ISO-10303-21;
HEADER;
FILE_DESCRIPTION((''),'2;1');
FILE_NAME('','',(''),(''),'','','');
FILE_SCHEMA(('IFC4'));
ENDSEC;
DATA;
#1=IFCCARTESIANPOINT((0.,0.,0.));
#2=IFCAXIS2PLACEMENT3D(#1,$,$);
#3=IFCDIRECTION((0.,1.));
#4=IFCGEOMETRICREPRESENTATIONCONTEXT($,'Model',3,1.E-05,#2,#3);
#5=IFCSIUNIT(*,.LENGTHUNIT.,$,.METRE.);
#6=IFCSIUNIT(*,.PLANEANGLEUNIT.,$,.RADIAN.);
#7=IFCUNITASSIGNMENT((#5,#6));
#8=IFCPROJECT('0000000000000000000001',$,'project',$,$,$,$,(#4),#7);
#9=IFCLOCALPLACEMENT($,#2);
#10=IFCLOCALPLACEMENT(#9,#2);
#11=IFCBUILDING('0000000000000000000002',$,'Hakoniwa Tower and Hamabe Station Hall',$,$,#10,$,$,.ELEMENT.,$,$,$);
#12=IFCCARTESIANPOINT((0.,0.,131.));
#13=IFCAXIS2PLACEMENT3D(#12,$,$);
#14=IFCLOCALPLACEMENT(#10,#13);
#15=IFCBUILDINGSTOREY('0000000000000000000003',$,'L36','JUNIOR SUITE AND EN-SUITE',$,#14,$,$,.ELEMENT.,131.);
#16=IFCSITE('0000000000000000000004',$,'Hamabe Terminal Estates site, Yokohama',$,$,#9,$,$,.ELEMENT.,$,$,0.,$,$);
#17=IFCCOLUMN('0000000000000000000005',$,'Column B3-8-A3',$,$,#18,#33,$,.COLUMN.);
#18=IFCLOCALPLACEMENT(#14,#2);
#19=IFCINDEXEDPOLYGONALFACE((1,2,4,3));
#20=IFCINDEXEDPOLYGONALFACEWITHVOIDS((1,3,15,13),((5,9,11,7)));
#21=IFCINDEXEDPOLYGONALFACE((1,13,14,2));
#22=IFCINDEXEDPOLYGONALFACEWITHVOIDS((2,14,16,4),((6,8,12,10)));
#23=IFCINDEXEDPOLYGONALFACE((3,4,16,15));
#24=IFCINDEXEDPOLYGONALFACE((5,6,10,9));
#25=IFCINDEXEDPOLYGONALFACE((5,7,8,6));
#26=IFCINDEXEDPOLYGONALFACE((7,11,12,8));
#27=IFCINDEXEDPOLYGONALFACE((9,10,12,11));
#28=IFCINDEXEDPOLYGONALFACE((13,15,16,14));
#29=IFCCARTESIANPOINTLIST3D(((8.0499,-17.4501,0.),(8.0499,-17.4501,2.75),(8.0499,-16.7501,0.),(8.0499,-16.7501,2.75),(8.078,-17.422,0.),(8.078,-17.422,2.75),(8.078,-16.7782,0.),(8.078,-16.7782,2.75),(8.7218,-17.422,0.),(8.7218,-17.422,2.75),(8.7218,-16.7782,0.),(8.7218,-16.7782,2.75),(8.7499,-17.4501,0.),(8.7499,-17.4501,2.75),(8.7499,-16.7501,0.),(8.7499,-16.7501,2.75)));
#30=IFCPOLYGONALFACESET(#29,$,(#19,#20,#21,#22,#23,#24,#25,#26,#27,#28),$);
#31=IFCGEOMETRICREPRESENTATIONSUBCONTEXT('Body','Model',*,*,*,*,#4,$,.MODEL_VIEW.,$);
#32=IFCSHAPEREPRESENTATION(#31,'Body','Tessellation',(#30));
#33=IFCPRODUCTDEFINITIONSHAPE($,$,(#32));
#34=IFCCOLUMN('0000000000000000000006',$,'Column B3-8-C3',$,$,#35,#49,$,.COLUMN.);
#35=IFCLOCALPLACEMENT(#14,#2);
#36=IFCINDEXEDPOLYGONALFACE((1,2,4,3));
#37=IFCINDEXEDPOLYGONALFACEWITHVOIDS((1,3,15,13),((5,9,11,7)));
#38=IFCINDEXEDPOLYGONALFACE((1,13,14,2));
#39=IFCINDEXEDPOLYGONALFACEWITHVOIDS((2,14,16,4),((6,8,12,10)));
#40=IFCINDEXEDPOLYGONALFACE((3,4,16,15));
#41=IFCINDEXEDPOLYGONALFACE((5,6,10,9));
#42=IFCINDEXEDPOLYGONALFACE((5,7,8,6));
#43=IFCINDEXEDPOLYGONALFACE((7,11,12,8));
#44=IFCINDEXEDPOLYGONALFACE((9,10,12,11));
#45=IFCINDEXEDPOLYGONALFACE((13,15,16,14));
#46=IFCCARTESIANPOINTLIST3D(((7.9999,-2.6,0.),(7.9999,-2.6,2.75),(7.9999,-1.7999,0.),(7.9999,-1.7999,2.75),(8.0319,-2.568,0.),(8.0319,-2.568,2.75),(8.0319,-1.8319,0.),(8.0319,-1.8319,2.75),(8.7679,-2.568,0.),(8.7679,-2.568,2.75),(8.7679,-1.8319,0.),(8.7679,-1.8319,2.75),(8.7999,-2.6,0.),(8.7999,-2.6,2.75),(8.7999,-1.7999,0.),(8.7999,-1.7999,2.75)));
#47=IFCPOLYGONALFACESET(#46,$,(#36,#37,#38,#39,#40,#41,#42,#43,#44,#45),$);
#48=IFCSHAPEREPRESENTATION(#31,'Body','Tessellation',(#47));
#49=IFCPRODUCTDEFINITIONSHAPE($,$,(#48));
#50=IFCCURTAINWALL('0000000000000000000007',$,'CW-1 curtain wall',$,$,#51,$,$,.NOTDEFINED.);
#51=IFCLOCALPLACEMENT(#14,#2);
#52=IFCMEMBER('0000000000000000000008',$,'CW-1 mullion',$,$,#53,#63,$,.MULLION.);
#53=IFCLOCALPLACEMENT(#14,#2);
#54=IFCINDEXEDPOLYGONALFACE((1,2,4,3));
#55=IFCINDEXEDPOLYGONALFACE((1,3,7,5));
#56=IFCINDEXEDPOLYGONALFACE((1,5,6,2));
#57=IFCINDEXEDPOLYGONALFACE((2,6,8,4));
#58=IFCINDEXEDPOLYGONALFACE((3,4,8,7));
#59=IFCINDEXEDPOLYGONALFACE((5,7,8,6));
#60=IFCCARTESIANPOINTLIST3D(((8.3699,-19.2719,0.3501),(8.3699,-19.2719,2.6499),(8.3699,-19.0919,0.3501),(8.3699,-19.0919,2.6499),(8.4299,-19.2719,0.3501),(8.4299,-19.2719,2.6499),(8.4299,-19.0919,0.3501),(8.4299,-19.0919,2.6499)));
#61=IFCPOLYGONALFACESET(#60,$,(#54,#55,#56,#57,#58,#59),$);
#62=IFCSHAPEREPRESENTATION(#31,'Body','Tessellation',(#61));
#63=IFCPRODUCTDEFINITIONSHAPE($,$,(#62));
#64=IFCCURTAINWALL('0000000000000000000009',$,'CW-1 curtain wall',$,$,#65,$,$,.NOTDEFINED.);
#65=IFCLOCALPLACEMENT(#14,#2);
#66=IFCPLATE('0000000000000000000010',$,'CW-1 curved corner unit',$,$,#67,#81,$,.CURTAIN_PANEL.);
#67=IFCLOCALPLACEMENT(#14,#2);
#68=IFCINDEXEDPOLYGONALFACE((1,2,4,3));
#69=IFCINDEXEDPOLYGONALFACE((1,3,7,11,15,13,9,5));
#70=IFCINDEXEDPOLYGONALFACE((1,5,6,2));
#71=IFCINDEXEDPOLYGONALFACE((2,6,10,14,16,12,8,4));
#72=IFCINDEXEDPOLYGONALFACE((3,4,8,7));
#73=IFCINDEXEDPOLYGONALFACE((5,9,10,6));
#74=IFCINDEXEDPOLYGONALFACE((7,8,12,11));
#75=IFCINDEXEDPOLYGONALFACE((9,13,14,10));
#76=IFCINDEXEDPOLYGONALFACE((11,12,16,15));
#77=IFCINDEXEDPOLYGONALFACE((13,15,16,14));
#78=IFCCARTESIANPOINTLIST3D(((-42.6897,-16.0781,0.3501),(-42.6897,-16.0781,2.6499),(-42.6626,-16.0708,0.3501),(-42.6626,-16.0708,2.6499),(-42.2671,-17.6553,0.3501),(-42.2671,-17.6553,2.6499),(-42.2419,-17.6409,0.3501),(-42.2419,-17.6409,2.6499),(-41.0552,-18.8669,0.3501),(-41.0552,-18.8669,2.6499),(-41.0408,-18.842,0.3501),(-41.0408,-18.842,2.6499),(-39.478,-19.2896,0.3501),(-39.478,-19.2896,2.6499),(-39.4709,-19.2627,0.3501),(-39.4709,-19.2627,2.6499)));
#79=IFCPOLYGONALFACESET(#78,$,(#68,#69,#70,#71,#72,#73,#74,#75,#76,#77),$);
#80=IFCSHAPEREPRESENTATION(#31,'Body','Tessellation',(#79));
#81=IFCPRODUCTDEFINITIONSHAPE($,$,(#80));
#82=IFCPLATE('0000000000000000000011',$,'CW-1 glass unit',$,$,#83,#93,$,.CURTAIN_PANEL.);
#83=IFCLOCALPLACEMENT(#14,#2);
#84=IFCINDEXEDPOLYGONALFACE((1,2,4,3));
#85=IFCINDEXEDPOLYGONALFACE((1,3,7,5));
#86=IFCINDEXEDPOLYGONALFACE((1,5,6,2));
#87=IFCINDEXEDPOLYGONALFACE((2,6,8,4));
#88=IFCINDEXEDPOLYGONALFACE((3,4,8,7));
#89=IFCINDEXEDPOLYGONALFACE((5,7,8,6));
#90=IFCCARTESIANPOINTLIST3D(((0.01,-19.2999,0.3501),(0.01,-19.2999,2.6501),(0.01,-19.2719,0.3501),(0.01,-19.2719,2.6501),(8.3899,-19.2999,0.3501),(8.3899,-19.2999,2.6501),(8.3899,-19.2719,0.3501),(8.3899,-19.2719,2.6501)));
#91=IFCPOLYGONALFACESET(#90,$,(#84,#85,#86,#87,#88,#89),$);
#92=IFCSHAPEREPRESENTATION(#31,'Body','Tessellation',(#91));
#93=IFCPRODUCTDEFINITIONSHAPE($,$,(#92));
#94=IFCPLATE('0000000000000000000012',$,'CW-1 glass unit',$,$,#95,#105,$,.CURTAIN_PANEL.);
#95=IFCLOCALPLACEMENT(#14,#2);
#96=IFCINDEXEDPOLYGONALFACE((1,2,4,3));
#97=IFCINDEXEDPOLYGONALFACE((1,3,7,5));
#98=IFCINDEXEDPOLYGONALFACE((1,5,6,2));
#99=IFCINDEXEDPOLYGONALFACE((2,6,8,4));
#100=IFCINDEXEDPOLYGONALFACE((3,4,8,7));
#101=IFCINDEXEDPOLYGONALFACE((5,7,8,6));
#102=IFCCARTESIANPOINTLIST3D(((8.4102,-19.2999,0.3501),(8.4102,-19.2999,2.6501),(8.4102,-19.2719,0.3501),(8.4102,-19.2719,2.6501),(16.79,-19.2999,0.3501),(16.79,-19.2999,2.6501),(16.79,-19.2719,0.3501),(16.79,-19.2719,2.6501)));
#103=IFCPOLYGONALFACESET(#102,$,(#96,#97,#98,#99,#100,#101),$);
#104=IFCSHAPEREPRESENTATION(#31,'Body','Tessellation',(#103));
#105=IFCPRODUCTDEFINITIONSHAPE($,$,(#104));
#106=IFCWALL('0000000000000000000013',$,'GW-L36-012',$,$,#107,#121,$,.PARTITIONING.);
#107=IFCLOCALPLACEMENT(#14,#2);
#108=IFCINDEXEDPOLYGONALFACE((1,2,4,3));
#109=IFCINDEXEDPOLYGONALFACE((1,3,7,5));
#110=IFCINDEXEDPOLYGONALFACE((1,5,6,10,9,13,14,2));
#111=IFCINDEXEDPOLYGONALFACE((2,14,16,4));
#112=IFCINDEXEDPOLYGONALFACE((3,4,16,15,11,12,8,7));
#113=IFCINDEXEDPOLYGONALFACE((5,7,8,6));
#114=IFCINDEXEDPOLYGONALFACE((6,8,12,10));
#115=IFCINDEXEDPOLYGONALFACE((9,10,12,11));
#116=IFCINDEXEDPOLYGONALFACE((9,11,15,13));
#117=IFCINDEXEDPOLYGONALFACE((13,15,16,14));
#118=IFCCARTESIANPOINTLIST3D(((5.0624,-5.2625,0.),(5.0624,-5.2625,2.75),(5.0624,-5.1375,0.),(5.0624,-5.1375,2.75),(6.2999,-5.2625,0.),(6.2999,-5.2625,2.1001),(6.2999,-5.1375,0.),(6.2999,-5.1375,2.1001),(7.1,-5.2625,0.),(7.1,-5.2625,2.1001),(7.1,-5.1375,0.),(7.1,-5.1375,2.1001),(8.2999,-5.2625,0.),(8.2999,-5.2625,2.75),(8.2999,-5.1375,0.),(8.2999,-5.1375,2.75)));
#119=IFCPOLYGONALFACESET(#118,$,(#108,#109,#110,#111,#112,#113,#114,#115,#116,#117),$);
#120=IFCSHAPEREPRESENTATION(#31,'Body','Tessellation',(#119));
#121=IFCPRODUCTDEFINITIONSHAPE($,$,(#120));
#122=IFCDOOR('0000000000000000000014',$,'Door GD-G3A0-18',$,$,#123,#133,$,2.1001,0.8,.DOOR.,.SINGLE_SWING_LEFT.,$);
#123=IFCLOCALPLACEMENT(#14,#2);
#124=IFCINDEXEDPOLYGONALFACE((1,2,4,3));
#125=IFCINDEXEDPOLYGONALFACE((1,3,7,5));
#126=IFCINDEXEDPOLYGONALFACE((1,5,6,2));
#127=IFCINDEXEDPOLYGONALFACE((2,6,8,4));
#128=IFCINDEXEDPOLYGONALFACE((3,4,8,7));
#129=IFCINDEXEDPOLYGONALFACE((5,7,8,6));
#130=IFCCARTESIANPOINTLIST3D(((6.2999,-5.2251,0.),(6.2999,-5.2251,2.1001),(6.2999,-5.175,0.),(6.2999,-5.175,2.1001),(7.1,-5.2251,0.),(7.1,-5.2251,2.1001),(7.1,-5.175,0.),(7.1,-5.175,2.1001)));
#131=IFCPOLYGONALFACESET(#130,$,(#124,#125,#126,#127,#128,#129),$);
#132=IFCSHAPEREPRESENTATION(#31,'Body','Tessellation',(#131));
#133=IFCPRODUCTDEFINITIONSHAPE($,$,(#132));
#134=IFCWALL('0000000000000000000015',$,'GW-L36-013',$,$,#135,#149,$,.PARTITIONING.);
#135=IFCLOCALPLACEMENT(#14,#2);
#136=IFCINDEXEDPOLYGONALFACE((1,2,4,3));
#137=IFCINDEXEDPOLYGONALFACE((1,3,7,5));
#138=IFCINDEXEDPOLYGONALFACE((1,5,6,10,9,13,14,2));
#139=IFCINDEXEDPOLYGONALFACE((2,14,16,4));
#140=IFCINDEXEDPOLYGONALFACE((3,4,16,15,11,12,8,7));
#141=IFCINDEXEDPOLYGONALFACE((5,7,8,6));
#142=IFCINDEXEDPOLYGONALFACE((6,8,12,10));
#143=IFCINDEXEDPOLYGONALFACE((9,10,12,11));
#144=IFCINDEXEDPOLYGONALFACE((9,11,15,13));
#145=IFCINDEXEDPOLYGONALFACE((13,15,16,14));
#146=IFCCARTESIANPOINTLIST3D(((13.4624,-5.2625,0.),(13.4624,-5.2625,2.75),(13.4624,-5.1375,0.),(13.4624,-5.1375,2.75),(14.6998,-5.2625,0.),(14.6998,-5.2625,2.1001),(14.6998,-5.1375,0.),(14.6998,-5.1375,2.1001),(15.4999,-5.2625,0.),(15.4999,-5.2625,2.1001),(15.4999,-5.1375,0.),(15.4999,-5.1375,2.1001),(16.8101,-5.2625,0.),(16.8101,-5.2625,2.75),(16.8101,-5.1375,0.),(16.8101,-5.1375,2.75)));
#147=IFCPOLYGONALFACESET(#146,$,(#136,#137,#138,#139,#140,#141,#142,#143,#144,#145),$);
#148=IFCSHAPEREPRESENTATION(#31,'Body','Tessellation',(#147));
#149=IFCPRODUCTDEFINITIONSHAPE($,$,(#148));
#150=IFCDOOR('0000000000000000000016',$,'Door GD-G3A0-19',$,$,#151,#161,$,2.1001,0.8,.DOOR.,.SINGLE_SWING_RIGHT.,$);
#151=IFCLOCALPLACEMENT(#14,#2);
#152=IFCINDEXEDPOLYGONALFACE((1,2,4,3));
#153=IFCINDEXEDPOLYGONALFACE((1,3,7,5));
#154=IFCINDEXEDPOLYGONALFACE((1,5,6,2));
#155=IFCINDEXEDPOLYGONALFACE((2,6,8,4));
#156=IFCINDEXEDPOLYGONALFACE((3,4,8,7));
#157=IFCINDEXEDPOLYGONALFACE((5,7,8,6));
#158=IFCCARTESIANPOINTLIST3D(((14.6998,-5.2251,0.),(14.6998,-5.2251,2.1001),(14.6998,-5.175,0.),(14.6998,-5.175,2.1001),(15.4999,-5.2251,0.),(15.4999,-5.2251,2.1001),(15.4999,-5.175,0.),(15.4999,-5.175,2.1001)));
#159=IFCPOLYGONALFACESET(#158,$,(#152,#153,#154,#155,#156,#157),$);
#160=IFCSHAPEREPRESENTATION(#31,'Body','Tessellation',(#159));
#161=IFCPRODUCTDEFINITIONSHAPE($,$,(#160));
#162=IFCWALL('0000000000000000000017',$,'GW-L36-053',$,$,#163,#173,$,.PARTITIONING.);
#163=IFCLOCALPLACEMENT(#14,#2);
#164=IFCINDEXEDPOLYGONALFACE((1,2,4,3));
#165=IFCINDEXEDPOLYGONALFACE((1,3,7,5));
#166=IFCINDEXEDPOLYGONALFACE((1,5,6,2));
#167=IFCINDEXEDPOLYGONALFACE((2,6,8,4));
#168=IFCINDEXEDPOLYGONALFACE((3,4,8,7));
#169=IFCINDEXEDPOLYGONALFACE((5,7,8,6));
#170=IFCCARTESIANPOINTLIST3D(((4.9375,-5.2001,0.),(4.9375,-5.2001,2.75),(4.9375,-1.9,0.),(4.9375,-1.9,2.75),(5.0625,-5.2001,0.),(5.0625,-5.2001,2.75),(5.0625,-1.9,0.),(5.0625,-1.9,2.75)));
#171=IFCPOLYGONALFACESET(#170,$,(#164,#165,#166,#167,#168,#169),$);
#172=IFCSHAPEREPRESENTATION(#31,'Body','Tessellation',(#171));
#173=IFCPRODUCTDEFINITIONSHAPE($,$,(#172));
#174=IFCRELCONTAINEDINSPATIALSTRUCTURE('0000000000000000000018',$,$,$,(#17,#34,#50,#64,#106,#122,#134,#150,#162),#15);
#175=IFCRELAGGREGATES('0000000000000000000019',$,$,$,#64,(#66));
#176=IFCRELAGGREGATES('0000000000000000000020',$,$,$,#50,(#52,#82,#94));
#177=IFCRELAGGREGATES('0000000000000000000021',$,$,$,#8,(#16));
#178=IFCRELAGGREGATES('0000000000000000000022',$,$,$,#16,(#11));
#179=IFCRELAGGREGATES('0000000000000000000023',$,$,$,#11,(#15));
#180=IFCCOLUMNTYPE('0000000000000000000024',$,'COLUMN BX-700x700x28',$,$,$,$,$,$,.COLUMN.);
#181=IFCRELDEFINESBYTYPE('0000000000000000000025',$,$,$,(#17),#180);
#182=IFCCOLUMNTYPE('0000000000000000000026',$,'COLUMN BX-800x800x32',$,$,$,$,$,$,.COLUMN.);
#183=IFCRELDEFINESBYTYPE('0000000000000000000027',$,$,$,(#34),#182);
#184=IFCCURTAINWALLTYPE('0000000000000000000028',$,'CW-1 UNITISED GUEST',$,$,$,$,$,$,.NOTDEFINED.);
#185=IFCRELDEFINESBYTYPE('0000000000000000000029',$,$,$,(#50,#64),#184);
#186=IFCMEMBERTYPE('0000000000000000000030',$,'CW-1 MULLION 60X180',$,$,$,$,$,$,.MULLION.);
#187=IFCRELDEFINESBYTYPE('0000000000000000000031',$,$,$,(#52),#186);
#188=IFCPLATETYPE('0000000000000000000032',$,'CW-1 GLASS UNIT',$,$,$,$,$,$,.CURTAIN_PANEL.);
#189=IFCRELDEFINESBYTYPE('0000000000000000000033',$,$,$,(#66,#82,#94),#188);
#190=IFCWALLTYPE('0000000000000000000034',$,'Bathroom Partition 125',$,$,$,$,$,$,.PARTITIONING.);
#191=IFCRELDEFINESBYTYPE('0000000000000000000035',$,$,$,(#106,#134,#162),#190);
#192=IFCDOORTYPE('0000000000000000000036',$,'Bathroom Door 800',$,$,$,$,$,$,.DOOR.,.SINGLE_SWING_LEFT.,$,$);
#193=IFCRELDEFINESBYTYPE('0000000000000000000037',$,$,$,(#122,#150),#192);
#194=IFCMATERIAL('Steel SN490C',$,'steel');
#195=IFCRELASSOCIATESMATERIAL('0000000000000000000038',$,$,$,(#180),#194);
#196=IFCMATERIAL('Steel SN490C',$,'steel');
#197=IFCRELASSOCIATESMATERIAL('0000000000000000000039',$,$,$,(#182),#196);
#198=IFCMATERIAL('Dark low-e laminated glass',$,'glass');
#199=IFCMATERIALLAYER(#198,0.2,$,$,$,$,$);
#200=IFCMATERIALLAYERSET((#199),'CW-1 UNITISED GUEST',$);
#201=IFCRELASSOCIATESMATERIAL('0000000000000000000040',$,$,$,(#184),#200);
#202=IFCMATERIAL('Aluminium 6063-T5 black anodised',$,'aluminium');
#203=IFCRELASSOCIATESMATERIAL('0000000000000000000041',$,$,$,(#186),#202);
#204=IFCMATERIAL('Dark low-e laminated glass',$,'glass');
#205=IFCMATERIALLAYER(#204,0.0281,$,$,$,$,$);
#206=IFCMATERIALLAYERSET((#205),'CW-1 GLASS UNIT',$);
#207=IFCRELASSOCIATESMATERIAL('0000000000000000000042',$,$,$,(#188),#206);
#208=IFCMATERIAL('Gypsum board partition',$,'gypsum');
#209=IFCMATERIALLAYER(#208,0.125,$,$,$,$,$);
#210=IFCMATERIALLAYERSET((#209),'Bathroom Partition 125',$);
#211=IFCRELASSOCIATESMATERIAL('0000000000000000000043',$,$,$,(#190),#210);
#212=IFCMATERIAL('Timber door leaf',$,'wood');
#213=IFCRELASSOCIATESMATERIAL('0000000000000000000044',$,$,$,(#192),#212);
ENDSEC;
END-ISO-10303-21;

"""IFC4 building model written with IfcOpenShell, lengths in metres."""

from ifc_helpers import new_model, si_unit, direction, frame, frame_2d, origin, origin_2d, place, context, subcontext, project, spatial, polyline, rectangle, hollow_rectangle, outline, extrude, material, layer, layer_set, material_profile, profile_set, type_object, element, fill, aggregate, save


model = new_model("IFC4")

# Units and contexts
model_context = context("Model", 3, precision=1e-05, world=origin(), true_north=direction((0.0, 1.0)))
body_context = subcontext(model_context, "Body", "Model", "MODEL_VIEW")
ifc_project = project(units=[si_unit("LENGTHUNIT", "METRE"), si_unit("PLANEANGLEUNIT", "RADIAN")], contexts=[model_context])

# Site, building, storey
site_placement = place(None, origin())
site = spatial("IfcSite", under=ifc_project, at=site_placement, Name="Hamabe Terminal Estates site, Yokohama", CompositionType="ELEMENT", RefElevation=0.0)
building_placement = place(site_placement, origin())
building = spatial("IfcBuilding", under=site, at=building_placement, Name="Hakoniwa Tower and Hamabe Station Hall", CompositionType="ELEMENT")
storey_placement = place(building_placement, frame((0.0, 0.0, 131.0)))
storey = spatial("IfcBuildingStorey", under=building, at=storey_placement, Name="L36", Description="JUNIOR SUITE AND EN-SUITE", CompositionType="ELEMENT", Elevation=131.0)

# Columns
ifc_material_1 = material(Name="Steel SN490C", Category="steel")
ifc_material_profile_1 = material_profile(ifc_material_1, hollow_rectangle(XDim=0.7, YDim=0.7, WallThickness=0.0281, at=origin_2d()), Name="BX-700x700x28")
ifc_profile_set_1 = profile_set([ifc_material_profile_1], Name="Steel SN490C")
column_type_1 = type_object("IfcColumnType", Name="COLUMN BX-700x700x28", PredefinedType="COLUMN", material=ifc_profile_set_1)
column_1_placement = place(storey_placement, frame((8.3999, -17.1001, 0.0), z_axis=(0.0, 0.0, 1.0), x_axis=(1.0, 0.0, 0.0)))
element("IfcColumn", 1, at=column_1_placement, inside=storey, type_object=column_type_1, Name="Column B3-8-A3", PredefinedType="COLUMN", context=body_context, shape_type="SweptSolid", body=[
    extrude(hollow_rectangle(XDim=0.7, YDim=0.7, WallThickness=0.0281, at=origin_2d()), origin(), (0.0, 0.0, 1.0), 2.75),
])
ifc_material_2 = material(Name="Steel SN490C", Category="steel")
ifc_material_profile_2 = material_profile(ifc_material_2, hollow_rectangle(XDim=0.8, YDim=0.8, WallThickness=0.032, at=origin_2d()), Name="BX-800x800x32")
ifc_profile_set_2 = profile_set([ifc_material_profile_2], Name="Steel SN490C")
column_type_2 = type_object("IfcColumnType", Name="COLUMN BX-800x800x32", PredefinedType="COLUMN", material=ifc_profile_set_2)
column_2_placement = place(storey_placement, frame((8.3999, -2.2, 0.0), z_axis=(0.0, 0.0, 1.0), x_axis=(1.0, 0.0, 0.0)))
element("IfcColumn", 2, at=column_2_placement, inside=storey, type_object=column_type_2, Name="Column B3-8-C3", PredefinedType="COLUMN", context=body_context, shape_type="SweptSolid", body=[
    extrude(hollow_rectangle(XDim=0.8, YDim=0.8, WallThickness=0.032, at=origin_2d()), origin(), (0.0, 0.0, 1.0), 2.75),
])

# Curtain wall, member
ifc_material_3 = material(Name="Dark low-e laminated glass", Category="glass")
ifc_layer_1 = layer(ifc_material_3, 0.2)
ifc_layer_set_1 = layer_set([ifc_layer_1], Name="CW-1 UNITISED GUEST")
curtain_wall_type = type_object("IfcCurtainWallType", Name="CW-1 UNITISED GUEST", PredefinedType="NOTDEFINED", material=ifc_layer_set_1)
curtain_wall_1_placement = place(storey_placement, origin())
curtain_wall_1 = element("IfcCurtainWall", 3, at=curtain_wall_1_placement, inside=storey, type_object=curtain_wall_type, Name="CW-1 curtain wall", PredefinedType="NOTDEFINED")
ifc_material_4 = material(Name="Aluminium 6063-T5 black anodised", Category="aluminium")
ifc_material_profile_3 = material_profile(ifc_material_4, rectangle(XDim=0.0601, YDim=0.1799, at=origin_2d()), Name="CW-1 MULLION 60X180")
ifc_profile_set_3 = profile_set([ifc_material_profile_3], Name="Aluminium 6063-T5 black anodised")
member_type = type_object("IfcMemberType", Name="CW-1 MULLION 60X180", PredefinedType="MULLION", material=ifc_profile_set_3)
member_placement = place(storey_placement, frame((8.3999, -19.1819, 0.3501), z_axis=(0.0, 0.0, 1.0), x_axis=(1.0, 0.0, 0.0)))
member = element("IfcMember", 4, at=member_placement, type_object=member_type, Name="CW-1 mullion", PredefinedType="MULLION", context=body_context, shape_type="SweptSolid", body=[
    extrude(rectangle(XDim=0.0601, YDim=0.1799, at=origin_2d()), origin(), (0.0, 0.0, 1.0), 2.2998),
])

# Curtain wall, plate
curtain_wall_2_placement = place(storey_placement, origin())
curtain_wall_2 = element("IfcCurtainWall", 5, at=curtain_wall_2_placement, inside=storey, type_object=curtain_wall_type, Name="CW-1 curtain wall", PredefinedType="NOTDEFINED")
ifc_material_5 = material(Name="Dark low-e laminated glass", Category="glass")
ifc_layer_2 = layer(ifc_material_5, 0.0281)
ifc_layer_set_2 = layer_set([ifc_layer_2], Name="CW-1 GLASS UNIT")
plate_type = type_object("IfcPlateType", Name="CW-1 GLASS UNIT", PredefinedType="CURTAIN_PANEL", material=ifc_layer_set_2)
plate_1_placement = place(storey_placement, frame((0.0, 0.0, 0.3501)))
plate_1 = element("IfcPlate", 6, at=plate_1_placement, type_object=plate_type, Name="CW-1 curved corner unit", PredefinedType="CURTAIN_PANEL", context=body_context, shape_type="SweptSolid", body=[
    extrude(outline(polyline([(-42.6897, -16.0781), (-42.2671, -17.6553), (-41.0552, -18.8669), (-39.478, -19.2896), (-39.4709, -19.2627), (-41.0408, -18.842), (-42.2419, -17.6409), (-42.6626, -16.0708), (-42.6897, -16.0781)])), origin(), (0.0, 0.0, 1.0), 2.2998),
])
aggregate(curtain_wall_2, [plate_1])

# Plates
plate_2_placement = place(storey_placement, frame((4.2, -19.2859, 0.3501), z_axis=(0.0, 0.0, 1.0), x_axis=(1.0, 0.0, 0.0)))
plate_2 = element("IfcPlate", 7, at=plate_2_placement, type_object=plate_type, Name="CW-1 glass unit", PredefinedType="CURTAIN_PANEL", context=body_context, shape_type="SweptSolid", body=[
    extrude(rectangle(XDim=8.3799, YDim=0.0281, at=origin_2d()), origin(), (0.0, 0.0, 1.0), 2.3),
])
plate_3_placement = place(storey_placement, frame((12.6001, -19.2859, 0.3501), z_axis=(0.0, 0.0, 1.0), x_axis=(1.0, 0.0, 0.0)))
plate_3 = element("IfcPlate", 8, at=plate_3_placement, type_object=plate_type, Name="CW-1 glass unit", PredefinedType="CURTAIN_PANEL", context=body_context, shape_type="SweptSolid", body=[
    extrude(rectangle(XDim=8.3799, YDim=0.0281, at=origin_2d()), origin(), (0.0, 0.0, 1.0), 2.3),
])
aggregate(curtain_wall_1, [member, plate_2, plate_3])

# Walls, openings, doors
ifc_material_6 = material(Name="Gypsum board partition", Category="gypsum")
ifc_layer_3 = layer(ifc_material_6, 0.125)
ifc_layer_set_3 = layer_set([ifc_layer_3], Name="Bathroom Partition 125")
wall_type_1 = type_object("IfcWallType", Name="Bathroom Partition 125", PredefinedType="PARTITIONING", material=ifc_layer_set_3)
wall_1_placement = place(storey_placement, frame((5.0625, -5.2, 0.0), z_axis=(0.0, 0.0, 1.0), x_axis=(1.0, 0.0, 0.0)))
wall_1 = element("IfcWall", 9, at=wall_1_placement, inside=storey, type_object=wall_type_1, Name="GW-L36-012", PredefinedType="PARTITIONING", context=body_context, shape_type="SweptSolid", body=[
    extrude(rectangle(XDim=3.2375, YDim=0.125, at=frame_2d((1.6187, 0.0))), origin(), (0.0, 0.0, 1.0), 2.75),
])
opening_1_placement = place(wall_1_placement, frame((1.2375, 0.0, 0.0)))
opening_1 = element("IfcOpeningElement", 10, at=opening_1_placement, cuts=wall_1, PredefinedType="OPENING", context=body_context, shape_type="SweptSolid", body=[
    extrude(rectangle(XDim=0.8, YDim=2.1001, at=frame_2d((0.3999, 1.05))), frame((0.0, 0.0725, 0.0), z_axis=(0.0, -1.0, 0.0), x_axis=(1.0, 0.0, 0.0)), (0.0, 0.0, 1.0), 0.145),
])
ifc_material_7 = material(Name="Timber door leaf", Category="wood")
door_type = type_object("IfcDoorType", Name="Bathroom Door 800", OperationType="SINGLE_SWING_LEFT", PredefinedType="DOOR", material=ifc_material_7)
door_1_placement = place(opening_1_placement, origin())
door_1 = element("IfcDoor", 11, at=door_1_placement, inside=storey, type_object=door_type, Name="Door GD-G3A0-18", OperationType="SINGLE_SWING_LEFT", OverallHeight=2.1001, OverallWidth=0.8, PredefinedType="DOOR", context=body_context, shape_type="SweptSolid", body=[
    extrude(rectangle(XDim=0.8, YDim=2.1001, at=frame_2d((0.3999, 1.05))), frame((0.0, 0.0249, 0.0), z_axis=(0.0, -1.0, 0.0), x_axis=(1.0, 0.0, 0.0)), (0.0, 0.0, 1.0), 0.05),
])
fill(opening_1, door_1)
wall_2_placement = place(storey_placement, frame((13.4624, -5.2, 0.0), z_axis=(0.0, 0.0, 1.0), x_axis=(1.0, 0.0, 0.0)))
wall_2 = element("IfcWall", 12, at=wall_2_placement, inside=storey, type_object=wall_type_1, Name="GW-L36-013", PredefinedType="PARTITIONING", context=body_context, shape_type="SweptSolid", body=[
    extrude(rectangle(XDim=3.3477, YDim=0.125, at=frame_2d((1.6738, 0.0))), origin(), (0.0, 0.0, 1.0), 2.75),
])
opening_2_placement = place(wall_2_placement, frame((1.2375, 0.0, 0.0)))
opening_2 = element("IfcOpeningElement", 13, at=opening_2_placement, cuts=wall_2, PredefinedType="OPENING", context=body_context, shape_type="SweptSolid", body=[
    extrude(rectangle(XDim=0.8, YDim=2.1001, at=frame_2d((0.3999, 1.05))), frame((0.0, 0.0725, 0.0), z_axis=(0.0, -1.0, 0.0), x_axis=(1.0, 0.0, 0.0)), (0.0, 0.0, 1.0), 0.145),
])
door_2_placement = place(opening_2_placement, origin())
door_2 = element("IfcDoor", 14, at=door_2_placement, inside=storey, type_object=door_type, Name="Door GD-G3A0-19", OperationType="SINGLE_SWING_RIGHT", OverallHeight=2.1001, OverallWidth=0.8, PredefinedType="DOOR", context=body_context, shape_type="SweptSolid", body=[
    extrude(rectangle(XDim=0.8, YDim=2.1001, at=frame_2d((0.3999, 1.05))), frame((0.0, 0.0249, 0.0), z_axis=(0.0, -1.0, 0.0), x_axis=(1.0, 0.0, 0.0)), (0.0, 0.0, 1.0), 0.05),
])
fill(opening_2, door_2)

# Wall
for number, where, z_axis, x_axis, name in (
    (15, (5.0, -5.2, 0.0), (0.0, 0.0, 1.0), (0.0, 1.0, 0.0), "GW-L36-053"),
):
    element("IfcWall", number, at=place(storey_placement, frame(where, z_axis=z_axis, x_axis=x_axis)), inside=storey, type_object=wall_type_1, Name=name, PredefinedType="PARTITIONING", context=body_context, shape_type="SweptSolid", body=[
        extrude(rectangle(XDim=3.3, YDim=0.125, at=frame_2d((1.6499, 0.0))), origin(), (0.0, 0.0, 1.0), 2.75),
    ])

save(model, "model.ifc")
